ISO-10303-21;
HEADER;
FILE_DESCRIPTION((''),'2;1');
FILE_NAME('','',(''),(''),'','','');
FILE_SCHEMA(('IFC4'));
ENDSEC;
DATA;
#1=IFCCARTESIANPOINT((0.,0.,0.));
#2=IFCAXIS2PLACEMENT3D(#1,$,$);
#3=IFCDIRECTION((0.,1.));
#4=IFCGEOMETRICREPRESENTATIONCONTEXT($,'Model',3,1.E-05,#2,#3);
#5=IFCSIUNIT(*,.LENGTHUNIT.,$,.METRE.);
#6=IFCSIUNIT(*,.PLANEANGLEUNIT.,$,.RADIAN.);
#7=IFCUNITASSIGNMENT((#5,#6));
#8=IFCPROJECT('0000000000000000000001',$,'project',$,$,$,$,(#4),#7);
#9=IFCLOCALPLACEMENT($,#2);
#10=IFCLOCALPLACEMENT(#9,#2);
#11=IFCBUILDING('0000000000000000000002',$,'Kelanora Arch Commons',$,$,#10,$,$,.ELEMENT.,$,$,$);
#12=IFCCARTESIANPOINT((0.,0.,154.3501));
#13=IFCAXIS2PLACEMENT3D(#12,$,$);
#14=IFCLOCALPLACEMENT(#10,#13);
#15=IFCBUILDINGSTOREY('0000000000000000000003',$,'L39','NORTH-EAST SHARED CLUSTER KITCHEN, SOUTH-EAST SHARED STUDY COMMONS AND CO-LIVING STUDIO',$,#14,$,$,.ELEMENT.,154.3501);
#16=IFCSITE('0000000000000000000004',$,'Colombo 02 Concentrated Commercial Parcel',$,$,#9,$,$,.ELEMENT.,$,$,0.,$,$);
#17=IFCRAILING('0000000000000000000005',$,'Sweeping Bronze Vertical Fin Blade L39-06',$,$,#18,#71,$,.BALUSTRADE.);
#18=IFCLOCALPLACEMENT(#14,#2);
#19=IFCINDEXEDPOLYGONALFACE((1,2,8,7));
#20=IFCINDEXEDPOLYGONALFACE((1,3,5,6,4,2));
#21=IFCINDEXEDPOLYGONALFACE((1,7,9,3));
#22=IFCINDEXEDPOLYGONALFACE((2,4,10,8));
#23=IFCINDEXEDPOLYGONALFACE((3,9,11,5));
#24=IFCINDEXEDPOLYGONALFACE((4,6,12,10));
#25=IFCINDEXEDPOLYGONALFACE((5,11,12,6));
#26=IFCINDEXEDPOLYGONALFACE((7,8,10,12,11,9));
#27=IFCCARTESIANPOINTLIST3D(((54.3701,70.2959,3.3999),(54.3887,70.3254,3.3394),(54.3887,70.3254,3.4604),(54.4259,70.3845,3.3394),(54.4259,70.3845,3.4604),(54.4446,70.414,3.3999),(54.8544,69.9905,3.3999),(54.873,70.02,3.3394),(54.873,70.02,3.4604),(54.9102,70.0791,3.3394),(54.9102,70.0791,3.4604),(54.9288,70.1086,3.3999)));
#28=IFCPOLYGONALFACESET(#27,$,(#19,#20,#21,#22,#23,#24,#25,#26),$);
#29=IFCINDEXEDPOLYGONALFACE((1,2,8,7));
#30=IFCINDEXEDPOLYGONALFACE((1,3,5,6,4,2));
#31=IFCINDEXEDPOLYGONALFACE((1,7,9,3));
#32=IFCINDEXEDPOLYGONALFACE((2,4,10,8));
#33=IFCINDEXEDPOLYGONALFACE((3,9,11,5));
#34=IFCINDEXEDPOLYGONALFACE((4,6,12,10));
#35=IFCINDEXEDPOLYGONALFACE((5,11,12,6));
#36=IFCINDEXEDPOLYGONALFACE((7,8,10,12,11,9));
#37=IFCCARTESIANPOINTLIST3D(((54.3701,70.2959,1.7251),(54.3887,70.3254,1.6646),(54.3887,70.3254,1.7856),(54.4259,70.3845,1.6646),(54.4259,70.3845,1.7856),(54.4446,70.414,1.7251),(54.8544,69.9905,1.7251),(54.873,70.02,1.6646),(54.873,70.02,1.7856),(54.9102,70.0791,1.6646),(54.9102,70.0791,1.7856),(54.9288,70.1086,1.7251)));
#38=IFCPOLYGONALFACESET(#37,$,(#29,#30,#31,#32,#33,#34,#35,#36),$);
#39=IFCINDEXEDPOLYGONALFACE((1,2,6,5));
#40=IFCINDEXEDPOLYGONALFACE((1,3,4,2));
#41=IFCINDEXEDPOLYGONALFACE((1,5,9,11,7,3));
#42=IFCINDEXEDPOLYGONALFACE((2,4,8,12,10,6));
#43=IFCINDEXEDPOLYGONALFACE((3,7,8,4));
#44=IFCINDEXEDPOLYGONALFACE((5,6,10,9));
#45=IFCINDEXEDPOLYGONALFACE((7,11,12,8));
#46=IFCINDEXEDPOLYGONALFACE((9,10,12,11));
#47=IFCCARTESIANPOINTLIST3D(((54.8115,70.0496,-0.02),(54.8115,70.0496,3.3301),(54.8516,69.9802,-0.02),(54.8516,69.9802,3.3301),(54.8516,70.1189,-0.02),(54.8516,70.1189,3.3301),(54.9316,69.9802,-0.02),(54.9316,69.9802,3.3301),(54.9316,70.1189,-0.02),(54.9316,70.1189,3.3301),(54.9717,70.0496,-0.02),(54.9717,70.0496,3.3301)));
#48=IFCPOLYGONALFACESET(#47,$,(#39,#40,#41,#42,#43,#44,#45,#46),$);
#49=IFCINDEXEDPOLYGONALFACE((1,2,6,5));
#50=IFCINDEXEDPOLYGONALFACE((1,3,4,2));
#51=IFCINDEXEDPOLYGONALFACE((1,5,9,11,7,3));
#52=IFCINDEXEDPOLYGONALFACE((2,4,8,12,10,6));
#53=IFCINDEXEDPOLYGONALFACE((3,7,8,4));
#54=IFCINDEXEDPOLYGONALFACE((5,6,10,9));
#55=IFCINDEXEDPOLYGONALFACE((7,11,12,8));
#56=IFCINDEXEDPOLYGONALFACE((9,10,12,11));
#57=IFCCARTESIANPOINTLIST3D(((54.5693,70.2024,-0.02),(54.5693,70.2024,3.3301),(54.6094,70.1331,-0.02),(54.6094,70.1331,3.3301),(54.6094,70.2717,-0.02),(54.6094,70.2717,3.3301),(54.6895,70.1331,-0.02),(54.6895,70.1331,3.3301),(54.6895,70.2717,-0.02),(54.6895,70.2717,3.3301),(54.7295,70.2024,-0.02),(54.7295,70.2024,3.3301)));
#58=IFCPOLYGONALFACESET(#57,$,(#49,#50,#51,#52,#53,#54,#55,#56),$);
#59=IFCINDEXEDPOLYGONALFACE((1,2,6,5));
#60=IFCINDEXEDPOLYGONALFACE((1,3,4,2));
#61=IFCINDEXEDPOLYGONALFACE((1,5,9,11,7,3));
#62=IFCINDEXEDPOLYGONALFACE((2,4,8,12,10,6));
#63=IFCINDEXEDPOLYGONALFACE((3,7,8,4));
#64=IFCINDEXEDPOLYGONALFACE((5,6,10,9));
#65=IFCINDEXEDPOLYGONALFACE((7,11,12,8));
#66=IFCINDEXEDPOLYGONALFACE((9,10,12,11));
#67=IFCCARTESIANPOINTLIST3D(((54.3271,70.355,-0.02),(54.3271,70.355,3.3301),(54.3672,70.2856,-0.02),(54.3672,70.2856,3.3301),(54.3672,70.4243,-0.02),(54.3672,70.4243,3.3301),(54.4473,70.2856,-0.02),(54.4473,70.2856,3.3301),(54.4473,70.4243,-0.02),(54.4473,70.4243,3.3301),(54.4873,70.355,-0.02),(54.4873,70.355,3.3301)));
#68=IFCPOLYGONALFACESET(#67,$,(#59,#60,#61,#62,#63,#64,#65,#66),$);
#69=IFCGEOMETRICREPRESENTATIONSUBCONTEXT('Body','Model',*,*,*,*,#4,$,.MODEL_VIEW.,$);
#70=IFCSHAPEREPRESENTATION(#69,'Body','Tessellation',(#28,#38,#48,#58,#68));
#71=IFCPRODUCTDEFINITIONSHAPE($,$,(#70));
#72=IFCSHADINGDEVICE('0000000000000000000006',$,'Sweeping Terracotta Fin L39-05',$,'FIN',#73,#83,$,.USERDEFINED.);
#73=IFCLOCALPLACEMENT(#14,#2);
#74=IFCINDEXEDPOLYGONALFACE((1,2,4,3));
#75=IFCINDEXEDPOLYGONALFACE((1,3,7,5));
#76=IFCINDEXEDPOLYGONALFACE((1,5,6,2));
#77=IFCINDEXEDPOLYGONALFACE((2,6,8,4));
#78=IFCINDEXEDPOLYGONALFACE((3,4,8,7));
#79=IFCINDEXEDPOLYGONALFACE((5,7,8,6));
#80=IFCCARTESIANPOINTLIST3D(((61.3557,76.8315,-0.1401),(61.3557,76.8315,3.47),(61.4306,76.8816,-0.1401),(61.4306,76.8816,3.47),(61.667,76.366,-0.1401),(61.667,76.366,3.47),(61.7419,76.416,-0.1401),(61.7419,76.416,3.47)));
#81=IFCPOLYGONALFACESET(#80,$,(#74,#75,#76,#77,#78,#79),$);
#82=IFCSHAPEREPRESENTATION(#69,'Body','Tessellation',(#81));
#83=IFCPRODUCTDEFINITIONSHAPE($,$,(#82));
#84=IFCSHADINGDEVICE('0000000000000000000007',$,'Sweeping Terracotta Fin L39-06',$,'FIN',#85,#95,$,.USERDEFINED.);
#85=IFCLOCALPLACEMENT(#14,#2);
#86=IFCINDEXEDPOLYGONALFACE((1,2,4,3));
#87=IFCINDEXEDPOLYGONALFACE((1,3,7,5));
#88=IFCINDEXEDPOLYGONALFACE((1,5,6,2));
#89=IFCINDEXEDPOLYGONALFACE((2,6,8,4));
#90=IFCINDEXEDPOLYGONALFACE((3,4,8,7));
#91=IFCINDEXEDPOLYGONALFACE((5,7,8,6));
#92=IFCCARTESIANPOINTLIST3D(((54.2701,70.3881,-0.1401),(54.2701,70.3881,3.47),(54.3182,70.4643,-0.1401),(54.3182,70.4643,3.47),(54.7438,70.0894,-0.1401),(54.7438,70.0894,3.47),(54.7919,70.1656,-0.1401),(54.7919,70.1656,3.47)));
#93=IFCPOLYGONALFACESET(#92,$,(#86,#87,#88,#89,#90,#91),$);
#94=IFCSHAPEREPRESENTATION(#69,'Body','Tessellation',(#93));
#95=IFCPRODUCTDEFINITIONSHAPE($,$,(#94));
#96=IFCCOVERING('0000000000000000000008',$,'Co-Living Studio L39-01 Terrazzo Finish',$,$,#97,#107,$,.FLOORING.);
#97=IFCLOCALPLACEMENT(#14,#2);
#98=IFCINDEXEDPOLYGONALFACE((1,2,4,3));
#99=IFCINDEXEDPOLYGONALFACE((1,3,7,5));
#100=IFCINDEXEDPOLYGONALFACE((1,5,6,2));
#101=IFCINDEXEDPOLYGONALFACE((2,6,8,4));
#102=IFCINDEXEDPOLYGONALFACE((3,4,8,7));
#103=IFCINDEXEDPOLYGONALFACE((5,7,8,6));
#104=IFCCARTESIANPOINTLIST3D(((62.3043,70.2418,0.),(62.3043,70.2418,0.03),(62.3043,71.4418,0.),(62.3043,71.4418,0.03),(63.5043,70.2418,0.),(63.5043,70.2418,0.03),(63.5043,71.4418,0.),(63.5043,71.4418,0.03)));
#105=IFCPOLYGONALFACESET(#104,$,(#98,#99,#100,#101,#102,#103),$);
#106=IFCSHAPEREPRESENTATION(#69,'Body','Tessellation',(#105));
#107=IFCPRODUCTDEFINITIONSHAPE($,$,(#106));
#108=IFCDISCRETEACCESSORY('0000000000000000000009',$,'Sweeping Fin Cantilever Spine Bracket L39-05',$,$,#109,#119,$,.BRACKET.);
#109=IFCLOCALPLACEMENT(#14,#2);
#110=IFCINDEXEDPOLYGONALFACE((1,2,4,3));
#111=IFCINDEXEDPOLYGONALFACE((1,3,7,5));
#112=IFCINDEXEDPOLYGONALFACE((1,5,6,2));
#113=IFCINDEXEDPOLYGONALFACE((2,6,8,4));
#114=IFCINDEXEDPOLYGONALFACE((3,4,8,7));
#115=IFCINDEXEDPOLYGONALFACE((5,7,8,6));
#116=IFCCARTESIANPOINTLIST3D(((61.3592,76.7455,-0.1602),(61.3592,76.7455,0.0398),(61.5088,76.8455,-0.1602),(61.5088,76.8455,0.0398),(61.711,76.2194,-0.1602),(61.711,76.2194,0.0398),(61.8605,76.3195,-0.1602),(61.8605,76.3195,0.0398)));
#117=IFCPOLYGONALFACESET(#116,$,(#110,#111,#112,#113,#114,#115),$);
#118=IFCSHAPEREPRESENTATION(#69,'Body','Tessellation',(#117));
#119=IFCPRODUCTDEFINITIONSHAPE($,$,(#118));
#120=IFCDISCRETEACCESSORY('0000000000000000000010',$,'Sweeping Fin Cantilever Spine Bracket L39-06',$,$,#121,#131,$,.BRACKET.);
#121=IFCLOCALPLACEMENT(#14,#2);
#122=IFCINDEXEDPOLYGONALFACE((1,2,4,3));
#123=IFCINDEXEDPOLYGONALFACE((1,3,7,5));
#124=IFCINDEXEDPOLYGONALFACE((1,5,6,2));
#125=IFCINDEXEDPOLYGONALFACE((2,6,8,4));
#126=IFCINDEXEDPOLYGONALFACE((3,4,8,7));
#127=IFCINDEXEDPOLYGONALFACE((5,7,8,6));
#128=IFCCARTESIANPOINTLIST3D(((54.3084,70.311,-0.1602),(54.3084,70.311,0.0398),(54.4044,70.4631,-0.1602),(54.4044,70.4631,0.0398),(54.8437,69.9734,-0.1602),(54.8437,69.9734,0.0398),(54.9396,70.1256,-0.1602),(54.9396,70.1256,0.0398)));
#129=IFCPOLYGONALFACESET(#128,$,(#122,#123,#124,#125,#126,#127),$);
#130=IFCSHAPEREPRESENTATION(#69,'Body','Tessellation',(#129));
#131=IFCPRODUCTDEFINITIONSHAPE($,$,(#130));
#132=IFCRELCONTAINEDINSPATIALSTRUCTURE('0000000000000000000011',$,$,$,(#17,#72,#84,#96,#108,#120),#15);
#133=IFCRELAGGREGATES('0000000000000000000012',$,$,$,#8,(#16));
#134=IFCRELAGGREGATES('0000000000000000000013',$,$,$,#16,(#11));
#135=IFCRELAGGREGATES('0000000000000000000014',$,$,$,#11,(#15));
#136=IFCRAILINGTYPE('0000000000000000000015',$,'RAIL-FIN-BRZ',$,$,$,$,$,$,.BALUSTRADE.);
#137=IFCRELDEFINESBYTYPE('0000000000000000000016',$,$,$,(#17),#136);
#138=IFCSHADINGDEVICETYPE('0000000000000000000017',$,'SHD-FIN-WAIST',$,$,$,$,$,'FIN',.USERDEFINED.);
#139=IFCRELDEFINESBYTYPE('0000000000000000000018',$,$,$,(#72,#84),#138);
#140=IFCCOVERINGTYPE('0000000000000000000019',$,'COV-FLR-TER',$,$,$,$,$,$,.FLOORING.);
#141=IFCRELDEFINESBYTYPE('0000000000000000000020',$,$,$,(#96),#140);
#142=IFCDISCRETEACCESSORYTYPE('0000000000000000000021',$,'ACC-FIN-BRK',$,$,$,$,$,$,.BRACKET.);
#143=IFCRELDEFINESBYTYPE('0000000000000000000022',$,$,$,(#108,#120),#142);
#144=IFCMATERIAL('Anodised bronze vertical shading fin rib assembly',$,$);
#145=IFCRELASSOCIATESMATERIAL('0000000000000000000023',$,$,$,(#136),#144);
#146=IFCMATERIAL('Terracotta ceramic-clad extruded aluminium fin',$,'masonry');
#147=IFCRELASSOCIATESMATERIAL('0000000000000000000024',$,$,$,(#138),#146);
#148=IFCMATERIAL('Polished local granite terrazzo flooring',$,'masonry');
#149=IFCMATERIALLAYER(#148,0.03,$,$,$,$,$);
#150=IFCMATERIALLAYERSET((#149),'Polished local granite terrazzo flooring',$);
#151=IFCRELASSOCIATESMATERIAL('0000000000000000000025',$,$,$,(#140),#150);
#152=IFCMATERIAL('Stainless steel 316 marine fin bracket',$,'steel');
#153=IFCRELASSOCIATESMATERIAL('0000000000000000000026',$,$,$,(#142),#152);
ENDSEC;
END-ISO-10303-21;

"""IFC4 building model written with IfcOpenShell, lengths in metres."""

from ifc_helpers import new_model, si_unit, direction, frame, origin, origin_2d, place, context, subcontext, project, spatial, polyline, rectangle, outline, extrude, source, transform, mapped, material, layer, layer_set, type_object, element, save


model = new_model("IFC4")

# Units and contexts
model_context = context("Model", 3, precision=1e-05, world=origin(), true_north=direction((0.0, 1.0)))
body_context = subcontext(model_context, "Body", "Model", "MODEL_VIEW")
ifc_project = project(units=[si_unit("LENGTHUNIT", "METRE"), si_unit("PLANEANGLEUNIT", "RADIAN")], contexts=[model_context])

# Site, building, storey
site_placement = place(None, origin())
site = spatial("IfcSite", under=ifc_project, at=site_placement, Name="Colombo 02 Concentrated Commercial Parcel", CompositionType="ELEMENT", RefElevation=0.0)
building_placement = place(site_placement, origin())
building = spatial("IfcBuilding", under=site, at=building_placement, Name="Kelanora Arch Commons", CompositionType="ELEMENT")
storey_placement = place(building_placement, frame((0.0, 0.0, 154.3501)))
storey = spatial("IfcBuildingStorey", under=building, at=storey_placement, Name="L39", Description="NORTH-EAST SHARED CLUSTER KITCHEN, SOUTH-EAST SHARED STUDY COMMONS AND CO-LIVING STUDIO", CompositionType="ELEMENT", Elevation=154.3501)

# Railing
ifc_material_1 = material(Name="Anodised bronze vertical shading fin rib assembly")
railing_type = type_object("IfcRailingType", Name="RAIL-FIN-BRZ", PredefinedType="BALUSTRADE", material=ifc_material_1)
railing_1_placement = place(storey_placement, frame((54.8916, 70.0496, -0.02)))
element("IfcRailing", 1, at=railing_1_placement, inside=storey, type_object=railing_type, Name="Sweeping Bronze Vertical Fin Blade L39-06", PredefinedType="BALUSTRADE", context=body_context, shape_type="SweptSolid", body=[
    extrude(outline(polyline([(0.0698, 0.0), (0.0349, 0.0605), (-0.0349, 0.0605), (-0.0698, 0.0), (-0.0349, -0.0605), (0.0349, -0.0605), (0.0698, 0.0)])), frame((0.0, 0.0, 3.4199), z_axis=(-0.845884, 0.533367, 0.0), x_axis=(-0.533367, -0.845884, 0.0)), (0.0, 0.0, 1.0), 0.5725),
    extrude(outline(polyline([(0.0698, 0.0), (0.0349, 0.0605), (-0.0349, 0.0605), (-0.0698, 0.0), (-0.0349, -0.0605), (0.0349, -0.0605), (0.0698, 0.0)])), frame((0.0, 0.0, 1.7451), z_axis=(-0.845884, 0.533367, 0.0), x_axis=(-0.533367, -0.845884, 0.0)), (0.0, 0.0, 1.0), 0.5725),
    extrude(outline(polyline([(0.0801, 0.0), (0.04, 0.0693), (-0.04, 0.0693), (-0.0801, 0.0), (-0.04, -0.0693), (0.04, -0.0693), (0.0801, 0.0)])), origin(), (0.0, 0.0, 1.0), 3.3501),
    extrude(outline(polyline([(0.0801, 0.0), (0.04, 0.0693), (-0.04, 0.0693), (-0.0801, 0.0), (-0.04, -0.0693), (0.04, -0.0693), (0.0801, 0.0)])), frame((-0.2422, 0.1528, 0.0)), (0.0, 0.0, 1.0), 3.3501),
    extrude(outline(polyline([(0.0801, 0.0), (0.04, 0.0693), (-0.04, 0.0693), (-0.0801, 0.0), (-0.04, -0.0693), (0.04, -0.0693), (0.0801, 0.0)])), frame((-0.4844, 0.3054, 0.0)), (0.0, 0.0, 1.0), 3.3501),
])

# Shading devices
ifc_material_2 = material(Name="Terracotta ceramic-clad extruded aluminium fin", Category="masonry")
shading_device_type = type_object("IfcShadingDeviceType", Name="SHD-FIN-WAIST", ElementType="FIN", PredefinedType="USERDEFINED", material=ifc_material_2)
shared_shape_1 = source(origin(), body_context, "Body", "SweptSolid", [
    extrude(rectangle(XDim=0.5601, YDim=0.0901, at=origin_2d()), origin(), (0.0, 0.0, 1.0), 3.6101),
])
for number, where, z_axis, x_axis, name in (
    (2, (61.5488, 76.6238, -0.1401), (0.0, 0.0, 1.0), (-0.55586, 0.831276, 0.0), "Sweeping Terracotta Fin L39-05"),
    (3, (54.531, 70.2769, -0.1401), (0.0, 0.0, 1.0), (-0.845821, 0.533467, 0.0), "Sweeping Terracotta Fin L39-06"),
):
    element("IfcShadingDevice", number, at=place(storey_placement, frame(where, z_axis=z_axis, x_axis=x_axis)), inside=storey, type_object=shading_device_type, Name=name, ObjectType="FIN", PredefinedType="USERDEFINED", context=body_context, shape_type="MappedRepresentation", body=[
        mapped(shared_shape_1, transform((0.0, 0.0, 0.0), scale=1.0)),
    ])

# Covering
ifc_material_3 = material(Name="Polished local granite terrazzo flooring", Category="masonry")
ifc_layer_1 = layer(ifc_material_3, 0.03)
ifc_layer_set_1 = layer_set([ifc_layer_1], Name="Polished local granite terrazzo flooring")
covering_type = type_object("IfcCoveringType", Name="COV-FLR-TER", PredefinedType="FLOORING", material=ifc_layer_set_1)
shared_shape_2 = source(origin(), body_context, "Body", "SweptSolid", [
    extrude(rectangle(XDim=1.2, YDim=1.2, at=origin_2d()), origin(), (0.0, 0.0, 1.0), 0.03),
])
covering_placement = place(storey_placement, frame((62.9043, 70.8418, 0.0), z_axis=(0.0, 0.0, 1.0), x_axis=(1.0, 0.0, 0.0)))
element("IfcCovering", 4, at=covering_placement, inside=storey, type_object=covering_type, Name="Co-Living Studio L39-01 Terrazzo Finish", PredefinedType="FLOORING", context=body_context, shape_type="MappedRepresentation", body=[
    mapped(shared_shape_2, transform((0.0, 0.0, 0.0), scale=1.0)),
])

# Discrete accessories
ifc_material_4 = material(Name="Stainless steel 316 marine fin bracket", Category="steel")
discrete_accessory_type = type_object("IfcDiscreteAccessoryType", Name="ACC-FIN-BRK", PredefinedType="BRACKET", material=ifc_material_4)
shared_shape_3 = source(origin(), body_context, "Body", "SweptSolid", [
    extrude(rectangle(XDim=0.6328, YDim=0.1799, at=origin_2d()), origin(), (0.0, 0.0, 1.0), 0.2),
])
for number, where, z_axis, x_axis, name in (
    (5, (61.6099, 76.5325, -0.1602), (0.0, 0.0, 1.0), (-0.55586, 0.831276, 0.0), "Sweeping Fin Cantilever Spine Bracket L39-05"),
    (6, (54.624, 70.2183, -0.1602), (0.0, 0.0, 1.0), (-0.845821, 0.533467, 0.0), "Sweeping Fin Cantilever Spine Bracket L39-06"),
):
    element("IfcDiscreteAccessory", number, at=place(storey_placement, frame(where, z_axis=z_axis, x_axis=x_axis)), inside=storey, type_object=discrete_accessory_type, Name=name, PredefinedType="BRACKET", context=body_context, shape_type="MappedRepresentation", body=[
        mapped(shared_shape_3, transform((0.0, 0.0, 0.0), scale=1.0)),
    ])

save(model, "model.ifc")
